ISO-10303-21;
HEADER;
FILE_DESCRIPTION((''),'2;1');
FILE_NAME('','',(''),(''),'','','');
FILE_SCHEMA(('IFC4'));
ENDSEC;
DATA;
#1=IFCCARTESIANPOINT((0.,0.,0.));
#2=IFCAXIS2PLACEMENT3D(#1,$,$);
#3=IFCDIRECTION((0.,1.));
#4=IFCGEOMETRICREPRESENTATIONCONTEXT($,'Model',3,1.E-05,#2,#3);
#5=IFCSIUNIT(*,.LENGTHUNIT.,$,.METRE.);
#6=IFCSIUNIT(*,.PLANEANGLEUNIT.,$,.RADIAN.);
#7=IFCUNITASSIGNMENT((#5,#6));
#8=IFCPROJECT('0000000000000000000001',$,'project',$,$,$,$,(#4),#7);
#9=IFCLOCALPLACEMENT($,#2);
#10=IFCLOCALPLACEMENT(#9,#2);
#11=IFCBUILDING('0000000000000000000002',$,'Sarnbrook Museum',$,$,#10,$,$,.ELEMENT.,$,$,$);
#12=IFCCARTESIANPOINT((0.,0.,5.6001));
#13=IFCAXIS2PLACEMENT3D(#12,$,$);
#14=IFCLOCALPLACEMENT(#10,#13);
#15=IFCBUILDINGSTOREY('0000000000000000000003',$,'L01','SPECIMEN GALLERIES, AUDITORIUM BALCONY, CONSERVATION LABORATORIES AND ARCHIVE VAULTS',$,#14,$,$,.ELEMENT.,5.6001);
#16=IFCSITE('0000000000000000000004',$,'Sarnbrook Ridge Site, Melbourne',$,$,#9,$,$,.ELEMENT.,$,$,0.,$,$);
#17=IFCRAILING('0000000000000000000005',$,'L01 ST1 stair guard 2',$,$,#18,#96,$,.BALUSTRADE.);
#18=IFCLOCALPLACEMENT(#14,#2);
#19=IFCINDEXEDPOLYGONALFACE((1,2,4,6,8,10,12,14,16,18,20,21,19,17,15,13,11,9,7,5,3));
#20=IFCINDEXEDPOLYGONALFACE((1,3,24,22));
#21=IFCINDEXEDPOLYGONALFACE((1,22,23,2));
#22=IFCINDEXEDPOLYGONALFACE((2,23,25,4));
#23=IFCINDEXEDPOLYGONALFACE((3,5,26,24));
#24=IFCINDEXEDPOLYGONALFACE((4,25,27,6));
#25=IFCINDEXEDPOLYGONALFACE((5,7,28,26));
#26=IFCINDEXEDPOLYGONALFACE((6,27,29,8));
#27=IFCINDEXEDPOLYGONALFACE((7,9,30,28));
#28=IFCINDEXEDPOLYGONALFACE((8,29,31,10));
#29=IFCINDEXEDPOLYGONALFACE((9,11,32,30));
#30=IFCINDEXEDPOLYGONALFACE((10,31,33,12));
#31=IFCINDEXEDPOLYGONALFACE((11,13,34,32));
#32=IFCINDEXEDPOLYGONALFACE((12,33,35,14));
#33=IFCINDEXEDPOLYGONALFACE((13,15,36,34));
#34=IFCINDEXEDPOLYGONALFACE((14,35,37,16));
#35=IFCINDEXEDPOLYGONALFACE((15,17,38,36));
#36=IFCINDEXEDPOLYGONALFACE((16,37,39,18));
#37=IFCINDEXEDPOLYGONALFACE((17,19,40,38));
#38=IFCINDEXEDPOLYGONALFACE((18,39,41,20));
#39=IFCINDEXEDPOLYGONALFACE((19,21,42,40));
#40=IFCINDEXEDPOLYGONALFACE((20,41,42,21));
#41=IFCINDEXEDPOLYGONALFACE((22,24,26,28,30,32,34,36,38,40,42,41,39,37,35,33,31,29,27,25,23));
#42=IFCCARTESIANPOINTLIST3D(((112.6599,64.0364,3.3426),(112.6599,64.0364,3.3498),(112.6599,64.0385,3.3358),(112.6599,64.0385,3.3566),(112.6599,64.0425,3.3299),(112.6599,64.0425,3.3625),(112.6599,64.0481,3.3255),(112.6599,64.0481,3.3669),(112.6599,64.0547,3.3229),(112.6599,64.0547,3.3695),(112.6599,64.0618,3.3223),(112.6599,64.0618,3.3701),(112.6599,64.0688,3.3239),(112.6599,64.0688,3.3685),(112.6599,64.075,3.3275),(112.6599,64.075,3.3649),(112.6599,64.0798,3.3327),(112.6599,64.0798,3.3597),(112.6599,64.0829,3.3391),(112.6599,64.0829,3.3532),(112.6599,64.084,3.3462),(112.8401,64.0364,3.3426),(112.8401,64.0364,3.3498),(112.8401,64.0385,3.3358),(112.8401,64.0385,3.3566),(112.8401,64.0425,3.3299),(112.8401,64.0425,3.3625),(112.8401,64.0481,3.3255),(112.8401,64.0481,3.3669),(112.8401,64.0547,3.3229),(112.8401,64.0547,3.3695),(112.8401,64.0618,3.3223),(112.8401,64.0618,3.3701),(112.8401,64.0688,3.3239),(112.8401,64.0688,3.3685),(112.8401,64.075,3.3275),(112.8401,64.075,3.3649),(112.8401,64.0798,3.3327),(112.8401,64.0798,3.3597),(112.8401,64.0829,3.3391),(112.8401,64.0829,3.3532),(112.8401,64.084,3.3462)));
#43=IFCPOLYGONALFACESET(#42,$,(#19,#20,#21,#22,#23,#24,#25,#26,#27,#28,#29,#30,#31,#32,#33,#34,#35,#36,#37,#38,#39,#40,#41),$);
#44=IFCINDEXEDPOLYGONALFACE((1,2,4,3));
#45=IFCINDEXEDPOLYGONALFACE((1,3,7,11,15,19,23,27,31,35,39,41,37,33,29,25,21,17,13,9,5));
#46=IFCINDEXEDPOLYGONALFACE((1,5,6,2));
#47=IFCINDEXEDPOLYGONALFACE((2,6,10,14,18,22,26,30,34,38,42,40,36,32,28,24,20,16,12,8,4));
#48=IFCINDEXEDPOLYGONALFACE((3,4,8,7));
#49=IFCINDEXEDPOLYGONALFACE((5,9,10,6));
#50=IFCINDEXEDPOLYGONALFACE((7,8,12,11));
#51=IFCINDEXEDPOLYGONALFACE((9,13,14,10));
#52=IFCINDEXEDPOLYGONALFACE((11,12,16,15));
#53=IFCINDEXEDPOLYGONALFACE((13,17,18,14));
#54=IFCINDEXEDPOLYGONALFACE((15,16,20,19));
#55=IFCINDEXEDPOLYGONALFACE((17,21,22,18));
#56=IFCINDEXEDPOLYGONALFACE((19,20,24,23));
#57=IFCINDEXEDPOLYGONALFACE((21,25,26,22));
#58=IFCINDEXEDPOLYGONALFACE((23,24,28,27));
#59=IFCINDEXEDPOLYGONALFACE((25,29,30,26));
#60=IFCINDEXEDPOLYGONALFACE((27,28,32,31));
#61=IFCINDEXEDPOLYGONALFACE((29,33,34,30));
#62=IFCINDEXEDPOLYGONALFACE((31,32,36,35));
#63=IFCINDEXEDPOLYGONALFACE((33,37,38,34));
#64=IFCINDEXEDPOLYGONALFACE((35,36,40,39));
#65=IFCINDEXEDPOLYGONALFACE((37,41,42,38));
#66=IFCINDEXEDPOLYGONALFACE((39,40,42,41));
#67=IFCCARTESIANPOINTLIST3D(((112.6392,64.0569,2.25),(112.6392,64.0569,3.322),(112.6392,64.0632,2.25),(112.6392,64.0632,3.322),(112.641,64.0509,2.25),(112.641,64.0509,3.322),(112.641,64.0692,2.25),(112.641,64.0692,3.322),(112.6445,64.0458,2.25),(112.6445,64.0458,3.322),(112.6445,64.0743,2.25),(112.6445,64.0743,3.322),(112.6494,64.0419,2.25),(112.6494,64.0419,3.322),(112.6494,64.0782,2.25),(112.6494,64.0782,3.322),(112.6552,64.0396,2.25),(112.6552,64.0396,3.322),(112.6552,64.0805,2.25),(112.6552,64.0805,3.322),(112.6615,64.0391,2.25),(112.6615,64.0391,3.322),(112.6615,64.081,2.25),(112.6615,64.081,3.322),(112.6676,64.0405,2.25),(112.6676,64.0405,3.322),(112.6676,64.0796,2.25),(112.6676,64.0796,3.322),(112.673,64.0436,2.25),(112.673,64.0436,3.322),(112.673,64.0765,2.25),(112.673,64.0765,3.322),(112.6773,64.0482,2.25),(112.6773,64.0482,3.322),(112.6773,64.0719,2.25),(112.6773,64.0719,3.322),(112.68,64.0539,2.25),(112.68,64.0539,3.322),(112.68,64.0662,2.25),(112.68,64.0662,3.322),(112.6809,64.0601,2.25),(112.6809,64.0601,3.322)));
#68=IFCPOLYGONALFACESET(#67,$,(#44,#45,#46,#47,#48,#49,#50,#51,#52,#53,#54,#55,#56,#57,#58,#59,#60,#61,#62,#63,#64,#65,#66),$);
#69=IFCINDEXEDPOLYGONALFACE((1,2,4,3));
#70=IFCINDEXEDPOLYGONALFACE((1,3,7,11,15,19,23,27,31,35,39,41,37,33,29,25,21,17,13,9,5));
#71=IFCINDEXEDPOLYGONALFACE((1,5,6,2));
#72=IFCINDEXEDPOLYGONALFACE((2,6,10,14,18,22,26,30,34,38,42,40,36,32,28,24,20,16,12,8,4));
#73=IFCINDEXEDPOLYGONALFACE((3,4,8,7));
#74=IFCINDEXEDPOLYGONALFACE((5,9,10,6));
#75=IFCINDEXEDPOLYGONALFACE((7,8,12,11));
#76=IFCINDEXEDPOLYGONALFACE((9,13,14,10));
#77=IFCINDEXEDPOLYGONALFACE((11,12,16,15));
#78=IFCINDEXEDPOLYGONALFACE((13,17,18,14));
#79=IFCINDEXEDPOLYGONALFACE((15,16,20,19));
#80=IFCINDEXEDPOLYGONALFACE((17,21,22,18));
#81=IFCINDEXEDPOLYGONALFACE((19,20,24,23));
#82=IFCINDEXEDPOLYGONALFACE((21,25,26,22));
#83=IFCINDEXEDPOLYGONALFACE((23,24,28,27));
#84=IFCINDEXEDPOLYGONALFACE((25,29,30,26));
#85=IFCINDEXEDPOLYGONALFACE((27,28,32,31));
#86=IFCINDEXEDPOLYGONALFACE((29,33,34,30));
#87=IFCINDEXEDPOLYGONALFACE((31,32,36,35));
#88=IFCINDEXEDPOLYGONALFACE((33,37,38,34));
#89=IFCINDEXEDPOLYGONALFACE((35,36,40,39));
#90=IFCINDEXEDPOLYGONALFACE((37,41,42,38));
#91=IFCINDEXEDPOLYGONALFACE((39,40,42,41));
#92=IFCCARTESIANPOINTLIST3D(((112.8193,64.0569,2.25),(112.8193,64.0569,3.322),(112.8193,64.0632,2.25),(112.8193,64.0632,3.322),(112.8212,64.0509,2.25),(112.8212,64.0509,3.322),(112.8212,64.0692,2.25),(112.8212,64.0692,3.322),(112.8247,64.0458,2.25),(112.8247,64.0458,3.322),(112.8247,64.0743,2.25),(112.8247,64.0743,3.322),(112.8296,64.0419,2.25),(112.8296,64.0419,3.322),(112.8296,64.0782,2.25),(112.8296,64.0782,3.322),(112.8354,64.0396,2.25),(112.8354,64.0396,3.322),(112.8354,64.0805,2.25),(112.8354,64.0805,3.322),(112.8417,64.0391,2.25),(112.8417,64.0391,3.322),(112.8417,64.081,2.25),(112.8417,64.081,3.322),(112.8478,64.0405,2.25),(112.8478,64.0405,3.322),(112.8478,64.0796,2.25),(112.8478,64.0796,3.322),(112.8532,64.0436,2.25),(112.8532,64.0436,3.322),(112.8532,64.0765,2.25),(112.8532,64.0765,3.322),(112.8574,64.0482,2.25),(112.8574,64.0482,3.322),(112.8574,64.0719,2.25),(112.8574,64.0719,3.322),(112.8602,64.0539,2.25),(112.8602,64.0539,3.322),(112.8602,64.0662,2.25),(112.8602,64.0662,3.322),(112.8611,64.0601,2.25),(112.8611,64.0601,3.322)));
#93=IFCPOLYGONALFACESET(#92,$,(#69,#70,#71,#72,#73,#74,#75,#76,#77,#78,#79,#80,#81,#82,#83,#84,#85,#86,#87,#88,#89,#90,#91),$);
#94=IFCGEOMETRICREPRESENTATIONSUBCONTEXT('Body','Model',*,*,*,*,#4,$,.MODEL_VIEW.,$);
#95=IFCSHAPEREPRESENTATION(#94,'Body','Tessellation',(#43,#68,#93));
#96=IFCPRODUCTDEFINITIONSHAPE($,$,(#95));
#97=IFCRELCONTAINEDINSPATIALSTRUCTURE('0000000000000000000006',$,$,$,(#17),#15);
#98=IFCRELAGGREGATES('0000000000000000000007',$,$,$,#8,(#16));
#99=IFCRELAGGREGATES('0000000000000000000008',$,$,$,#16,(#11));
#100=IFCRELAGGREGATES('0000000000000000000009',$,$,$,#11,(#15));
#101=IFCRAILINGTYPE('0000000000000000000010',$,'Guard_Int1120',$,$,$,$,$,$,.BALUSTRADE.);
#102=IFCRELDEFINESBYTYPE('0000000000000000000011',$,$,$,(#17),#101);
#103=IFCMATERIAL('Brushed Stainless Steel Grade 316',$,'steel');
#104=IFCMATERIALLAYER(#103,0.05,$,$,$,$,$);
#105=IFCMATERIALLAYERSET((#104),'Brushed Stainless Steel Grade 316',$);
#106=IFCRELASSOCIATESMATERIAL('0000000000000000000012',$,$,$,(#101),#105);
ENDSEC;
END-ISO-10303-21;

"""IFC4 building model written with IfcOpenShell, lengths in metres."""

from ifc_helpers import new_model, si_unit, direction, frame, origin, origin_2d, place, context, subcontext, project, spatial, circle, extrude, material, layer, layer_set, type_object, element, save


model = new_model("IFC4")

# Units and contexts
model_context = context("Model", 3, precision=1e-05, world=origin(), true_north=direction((0.0, 1.0)))
body_context = subcontext(model_context, "Body", "Model", "MODEL_VIEW")
ifc_project = project(units=[si_unit("LENGTHUNIT", "METRE"), si_unit("PLANEANGLEUNIT", "RADIAN")], contexts=[model_context])

# Site, building, storey
site_placement = place(None, origin())
site = spatial("IfcSite", under=ifc_project, at=site_placement, Name="Sarnbrook Ridge Site, Melbourne", CompositionType="ELEMENT", RefElevation=0.0)
building_placement = place(site_placement, origin())
building = spatial("IfcBuilding", under=site, at=building_placement, Name="Sarnbrook Museum", CompositionType="ELEMENT")
storey_placement = place(building_placement, frame((0.0, 0.0, 5.6001)))
storey = spatial("IfcBuildingStorey", under=building, at=storey_placement, Name="L01", Description="SPECIMEN GALLERIES, AUDITORIUM BALCONY, CONSERVATION LABORATORIES AND ARCHIVE VAULTS", CompositionType="ELEMENT", Elevation=5.6001)

# Railing
ifc_material_1 = material(Name="Brushed Stainless Steel Grade 316", Category="steel")
ifc_layer_1 = layer(ifc_material_1, 0.05)
ifc_layer_set_1 = layer_set([ifc_layer_1], Name="Brushed Stainless Steel Grade 316")
railing_type_1 = type_object("IfcRailingType", Name="Guard_Int1120", PredefinedType="BALUSTRADE", material=ifc_layer_set_1)
railing_1_placement = place(storey_placement, frame((112.6599, 64.0601, 2.25)))
element("IfcRailing", 1, at=railing_1_placement, inside=storey, type_object=railing_type_1, Name="L01 ST1 stair guard 2", PredefinedType="BALUSTRADE", context=body_context, shape_type="SweptSolid", body=[
    extrude(circle(Radius=0.0239, at=origin_2d()), frame((0.0, 0.0, 1.0962), z_axis=(1.0, 0.0, 0.0), x_axis=(0.0, 1.0, 0.0)), (0.0, 0.0, 1.0), 0.1802),
    extrude(circle(Radius=0.021, at=origin_2d()), origin(), (0.0, 0.0, 1.0), 1.072),
    extrude(circle(Radius=0.021, at=origin_2d()), frame((0.1802, 0.0, 0.0)), (0.0, 0.0, 1.0), 1.072),
])

save(model, "model.ifc")
